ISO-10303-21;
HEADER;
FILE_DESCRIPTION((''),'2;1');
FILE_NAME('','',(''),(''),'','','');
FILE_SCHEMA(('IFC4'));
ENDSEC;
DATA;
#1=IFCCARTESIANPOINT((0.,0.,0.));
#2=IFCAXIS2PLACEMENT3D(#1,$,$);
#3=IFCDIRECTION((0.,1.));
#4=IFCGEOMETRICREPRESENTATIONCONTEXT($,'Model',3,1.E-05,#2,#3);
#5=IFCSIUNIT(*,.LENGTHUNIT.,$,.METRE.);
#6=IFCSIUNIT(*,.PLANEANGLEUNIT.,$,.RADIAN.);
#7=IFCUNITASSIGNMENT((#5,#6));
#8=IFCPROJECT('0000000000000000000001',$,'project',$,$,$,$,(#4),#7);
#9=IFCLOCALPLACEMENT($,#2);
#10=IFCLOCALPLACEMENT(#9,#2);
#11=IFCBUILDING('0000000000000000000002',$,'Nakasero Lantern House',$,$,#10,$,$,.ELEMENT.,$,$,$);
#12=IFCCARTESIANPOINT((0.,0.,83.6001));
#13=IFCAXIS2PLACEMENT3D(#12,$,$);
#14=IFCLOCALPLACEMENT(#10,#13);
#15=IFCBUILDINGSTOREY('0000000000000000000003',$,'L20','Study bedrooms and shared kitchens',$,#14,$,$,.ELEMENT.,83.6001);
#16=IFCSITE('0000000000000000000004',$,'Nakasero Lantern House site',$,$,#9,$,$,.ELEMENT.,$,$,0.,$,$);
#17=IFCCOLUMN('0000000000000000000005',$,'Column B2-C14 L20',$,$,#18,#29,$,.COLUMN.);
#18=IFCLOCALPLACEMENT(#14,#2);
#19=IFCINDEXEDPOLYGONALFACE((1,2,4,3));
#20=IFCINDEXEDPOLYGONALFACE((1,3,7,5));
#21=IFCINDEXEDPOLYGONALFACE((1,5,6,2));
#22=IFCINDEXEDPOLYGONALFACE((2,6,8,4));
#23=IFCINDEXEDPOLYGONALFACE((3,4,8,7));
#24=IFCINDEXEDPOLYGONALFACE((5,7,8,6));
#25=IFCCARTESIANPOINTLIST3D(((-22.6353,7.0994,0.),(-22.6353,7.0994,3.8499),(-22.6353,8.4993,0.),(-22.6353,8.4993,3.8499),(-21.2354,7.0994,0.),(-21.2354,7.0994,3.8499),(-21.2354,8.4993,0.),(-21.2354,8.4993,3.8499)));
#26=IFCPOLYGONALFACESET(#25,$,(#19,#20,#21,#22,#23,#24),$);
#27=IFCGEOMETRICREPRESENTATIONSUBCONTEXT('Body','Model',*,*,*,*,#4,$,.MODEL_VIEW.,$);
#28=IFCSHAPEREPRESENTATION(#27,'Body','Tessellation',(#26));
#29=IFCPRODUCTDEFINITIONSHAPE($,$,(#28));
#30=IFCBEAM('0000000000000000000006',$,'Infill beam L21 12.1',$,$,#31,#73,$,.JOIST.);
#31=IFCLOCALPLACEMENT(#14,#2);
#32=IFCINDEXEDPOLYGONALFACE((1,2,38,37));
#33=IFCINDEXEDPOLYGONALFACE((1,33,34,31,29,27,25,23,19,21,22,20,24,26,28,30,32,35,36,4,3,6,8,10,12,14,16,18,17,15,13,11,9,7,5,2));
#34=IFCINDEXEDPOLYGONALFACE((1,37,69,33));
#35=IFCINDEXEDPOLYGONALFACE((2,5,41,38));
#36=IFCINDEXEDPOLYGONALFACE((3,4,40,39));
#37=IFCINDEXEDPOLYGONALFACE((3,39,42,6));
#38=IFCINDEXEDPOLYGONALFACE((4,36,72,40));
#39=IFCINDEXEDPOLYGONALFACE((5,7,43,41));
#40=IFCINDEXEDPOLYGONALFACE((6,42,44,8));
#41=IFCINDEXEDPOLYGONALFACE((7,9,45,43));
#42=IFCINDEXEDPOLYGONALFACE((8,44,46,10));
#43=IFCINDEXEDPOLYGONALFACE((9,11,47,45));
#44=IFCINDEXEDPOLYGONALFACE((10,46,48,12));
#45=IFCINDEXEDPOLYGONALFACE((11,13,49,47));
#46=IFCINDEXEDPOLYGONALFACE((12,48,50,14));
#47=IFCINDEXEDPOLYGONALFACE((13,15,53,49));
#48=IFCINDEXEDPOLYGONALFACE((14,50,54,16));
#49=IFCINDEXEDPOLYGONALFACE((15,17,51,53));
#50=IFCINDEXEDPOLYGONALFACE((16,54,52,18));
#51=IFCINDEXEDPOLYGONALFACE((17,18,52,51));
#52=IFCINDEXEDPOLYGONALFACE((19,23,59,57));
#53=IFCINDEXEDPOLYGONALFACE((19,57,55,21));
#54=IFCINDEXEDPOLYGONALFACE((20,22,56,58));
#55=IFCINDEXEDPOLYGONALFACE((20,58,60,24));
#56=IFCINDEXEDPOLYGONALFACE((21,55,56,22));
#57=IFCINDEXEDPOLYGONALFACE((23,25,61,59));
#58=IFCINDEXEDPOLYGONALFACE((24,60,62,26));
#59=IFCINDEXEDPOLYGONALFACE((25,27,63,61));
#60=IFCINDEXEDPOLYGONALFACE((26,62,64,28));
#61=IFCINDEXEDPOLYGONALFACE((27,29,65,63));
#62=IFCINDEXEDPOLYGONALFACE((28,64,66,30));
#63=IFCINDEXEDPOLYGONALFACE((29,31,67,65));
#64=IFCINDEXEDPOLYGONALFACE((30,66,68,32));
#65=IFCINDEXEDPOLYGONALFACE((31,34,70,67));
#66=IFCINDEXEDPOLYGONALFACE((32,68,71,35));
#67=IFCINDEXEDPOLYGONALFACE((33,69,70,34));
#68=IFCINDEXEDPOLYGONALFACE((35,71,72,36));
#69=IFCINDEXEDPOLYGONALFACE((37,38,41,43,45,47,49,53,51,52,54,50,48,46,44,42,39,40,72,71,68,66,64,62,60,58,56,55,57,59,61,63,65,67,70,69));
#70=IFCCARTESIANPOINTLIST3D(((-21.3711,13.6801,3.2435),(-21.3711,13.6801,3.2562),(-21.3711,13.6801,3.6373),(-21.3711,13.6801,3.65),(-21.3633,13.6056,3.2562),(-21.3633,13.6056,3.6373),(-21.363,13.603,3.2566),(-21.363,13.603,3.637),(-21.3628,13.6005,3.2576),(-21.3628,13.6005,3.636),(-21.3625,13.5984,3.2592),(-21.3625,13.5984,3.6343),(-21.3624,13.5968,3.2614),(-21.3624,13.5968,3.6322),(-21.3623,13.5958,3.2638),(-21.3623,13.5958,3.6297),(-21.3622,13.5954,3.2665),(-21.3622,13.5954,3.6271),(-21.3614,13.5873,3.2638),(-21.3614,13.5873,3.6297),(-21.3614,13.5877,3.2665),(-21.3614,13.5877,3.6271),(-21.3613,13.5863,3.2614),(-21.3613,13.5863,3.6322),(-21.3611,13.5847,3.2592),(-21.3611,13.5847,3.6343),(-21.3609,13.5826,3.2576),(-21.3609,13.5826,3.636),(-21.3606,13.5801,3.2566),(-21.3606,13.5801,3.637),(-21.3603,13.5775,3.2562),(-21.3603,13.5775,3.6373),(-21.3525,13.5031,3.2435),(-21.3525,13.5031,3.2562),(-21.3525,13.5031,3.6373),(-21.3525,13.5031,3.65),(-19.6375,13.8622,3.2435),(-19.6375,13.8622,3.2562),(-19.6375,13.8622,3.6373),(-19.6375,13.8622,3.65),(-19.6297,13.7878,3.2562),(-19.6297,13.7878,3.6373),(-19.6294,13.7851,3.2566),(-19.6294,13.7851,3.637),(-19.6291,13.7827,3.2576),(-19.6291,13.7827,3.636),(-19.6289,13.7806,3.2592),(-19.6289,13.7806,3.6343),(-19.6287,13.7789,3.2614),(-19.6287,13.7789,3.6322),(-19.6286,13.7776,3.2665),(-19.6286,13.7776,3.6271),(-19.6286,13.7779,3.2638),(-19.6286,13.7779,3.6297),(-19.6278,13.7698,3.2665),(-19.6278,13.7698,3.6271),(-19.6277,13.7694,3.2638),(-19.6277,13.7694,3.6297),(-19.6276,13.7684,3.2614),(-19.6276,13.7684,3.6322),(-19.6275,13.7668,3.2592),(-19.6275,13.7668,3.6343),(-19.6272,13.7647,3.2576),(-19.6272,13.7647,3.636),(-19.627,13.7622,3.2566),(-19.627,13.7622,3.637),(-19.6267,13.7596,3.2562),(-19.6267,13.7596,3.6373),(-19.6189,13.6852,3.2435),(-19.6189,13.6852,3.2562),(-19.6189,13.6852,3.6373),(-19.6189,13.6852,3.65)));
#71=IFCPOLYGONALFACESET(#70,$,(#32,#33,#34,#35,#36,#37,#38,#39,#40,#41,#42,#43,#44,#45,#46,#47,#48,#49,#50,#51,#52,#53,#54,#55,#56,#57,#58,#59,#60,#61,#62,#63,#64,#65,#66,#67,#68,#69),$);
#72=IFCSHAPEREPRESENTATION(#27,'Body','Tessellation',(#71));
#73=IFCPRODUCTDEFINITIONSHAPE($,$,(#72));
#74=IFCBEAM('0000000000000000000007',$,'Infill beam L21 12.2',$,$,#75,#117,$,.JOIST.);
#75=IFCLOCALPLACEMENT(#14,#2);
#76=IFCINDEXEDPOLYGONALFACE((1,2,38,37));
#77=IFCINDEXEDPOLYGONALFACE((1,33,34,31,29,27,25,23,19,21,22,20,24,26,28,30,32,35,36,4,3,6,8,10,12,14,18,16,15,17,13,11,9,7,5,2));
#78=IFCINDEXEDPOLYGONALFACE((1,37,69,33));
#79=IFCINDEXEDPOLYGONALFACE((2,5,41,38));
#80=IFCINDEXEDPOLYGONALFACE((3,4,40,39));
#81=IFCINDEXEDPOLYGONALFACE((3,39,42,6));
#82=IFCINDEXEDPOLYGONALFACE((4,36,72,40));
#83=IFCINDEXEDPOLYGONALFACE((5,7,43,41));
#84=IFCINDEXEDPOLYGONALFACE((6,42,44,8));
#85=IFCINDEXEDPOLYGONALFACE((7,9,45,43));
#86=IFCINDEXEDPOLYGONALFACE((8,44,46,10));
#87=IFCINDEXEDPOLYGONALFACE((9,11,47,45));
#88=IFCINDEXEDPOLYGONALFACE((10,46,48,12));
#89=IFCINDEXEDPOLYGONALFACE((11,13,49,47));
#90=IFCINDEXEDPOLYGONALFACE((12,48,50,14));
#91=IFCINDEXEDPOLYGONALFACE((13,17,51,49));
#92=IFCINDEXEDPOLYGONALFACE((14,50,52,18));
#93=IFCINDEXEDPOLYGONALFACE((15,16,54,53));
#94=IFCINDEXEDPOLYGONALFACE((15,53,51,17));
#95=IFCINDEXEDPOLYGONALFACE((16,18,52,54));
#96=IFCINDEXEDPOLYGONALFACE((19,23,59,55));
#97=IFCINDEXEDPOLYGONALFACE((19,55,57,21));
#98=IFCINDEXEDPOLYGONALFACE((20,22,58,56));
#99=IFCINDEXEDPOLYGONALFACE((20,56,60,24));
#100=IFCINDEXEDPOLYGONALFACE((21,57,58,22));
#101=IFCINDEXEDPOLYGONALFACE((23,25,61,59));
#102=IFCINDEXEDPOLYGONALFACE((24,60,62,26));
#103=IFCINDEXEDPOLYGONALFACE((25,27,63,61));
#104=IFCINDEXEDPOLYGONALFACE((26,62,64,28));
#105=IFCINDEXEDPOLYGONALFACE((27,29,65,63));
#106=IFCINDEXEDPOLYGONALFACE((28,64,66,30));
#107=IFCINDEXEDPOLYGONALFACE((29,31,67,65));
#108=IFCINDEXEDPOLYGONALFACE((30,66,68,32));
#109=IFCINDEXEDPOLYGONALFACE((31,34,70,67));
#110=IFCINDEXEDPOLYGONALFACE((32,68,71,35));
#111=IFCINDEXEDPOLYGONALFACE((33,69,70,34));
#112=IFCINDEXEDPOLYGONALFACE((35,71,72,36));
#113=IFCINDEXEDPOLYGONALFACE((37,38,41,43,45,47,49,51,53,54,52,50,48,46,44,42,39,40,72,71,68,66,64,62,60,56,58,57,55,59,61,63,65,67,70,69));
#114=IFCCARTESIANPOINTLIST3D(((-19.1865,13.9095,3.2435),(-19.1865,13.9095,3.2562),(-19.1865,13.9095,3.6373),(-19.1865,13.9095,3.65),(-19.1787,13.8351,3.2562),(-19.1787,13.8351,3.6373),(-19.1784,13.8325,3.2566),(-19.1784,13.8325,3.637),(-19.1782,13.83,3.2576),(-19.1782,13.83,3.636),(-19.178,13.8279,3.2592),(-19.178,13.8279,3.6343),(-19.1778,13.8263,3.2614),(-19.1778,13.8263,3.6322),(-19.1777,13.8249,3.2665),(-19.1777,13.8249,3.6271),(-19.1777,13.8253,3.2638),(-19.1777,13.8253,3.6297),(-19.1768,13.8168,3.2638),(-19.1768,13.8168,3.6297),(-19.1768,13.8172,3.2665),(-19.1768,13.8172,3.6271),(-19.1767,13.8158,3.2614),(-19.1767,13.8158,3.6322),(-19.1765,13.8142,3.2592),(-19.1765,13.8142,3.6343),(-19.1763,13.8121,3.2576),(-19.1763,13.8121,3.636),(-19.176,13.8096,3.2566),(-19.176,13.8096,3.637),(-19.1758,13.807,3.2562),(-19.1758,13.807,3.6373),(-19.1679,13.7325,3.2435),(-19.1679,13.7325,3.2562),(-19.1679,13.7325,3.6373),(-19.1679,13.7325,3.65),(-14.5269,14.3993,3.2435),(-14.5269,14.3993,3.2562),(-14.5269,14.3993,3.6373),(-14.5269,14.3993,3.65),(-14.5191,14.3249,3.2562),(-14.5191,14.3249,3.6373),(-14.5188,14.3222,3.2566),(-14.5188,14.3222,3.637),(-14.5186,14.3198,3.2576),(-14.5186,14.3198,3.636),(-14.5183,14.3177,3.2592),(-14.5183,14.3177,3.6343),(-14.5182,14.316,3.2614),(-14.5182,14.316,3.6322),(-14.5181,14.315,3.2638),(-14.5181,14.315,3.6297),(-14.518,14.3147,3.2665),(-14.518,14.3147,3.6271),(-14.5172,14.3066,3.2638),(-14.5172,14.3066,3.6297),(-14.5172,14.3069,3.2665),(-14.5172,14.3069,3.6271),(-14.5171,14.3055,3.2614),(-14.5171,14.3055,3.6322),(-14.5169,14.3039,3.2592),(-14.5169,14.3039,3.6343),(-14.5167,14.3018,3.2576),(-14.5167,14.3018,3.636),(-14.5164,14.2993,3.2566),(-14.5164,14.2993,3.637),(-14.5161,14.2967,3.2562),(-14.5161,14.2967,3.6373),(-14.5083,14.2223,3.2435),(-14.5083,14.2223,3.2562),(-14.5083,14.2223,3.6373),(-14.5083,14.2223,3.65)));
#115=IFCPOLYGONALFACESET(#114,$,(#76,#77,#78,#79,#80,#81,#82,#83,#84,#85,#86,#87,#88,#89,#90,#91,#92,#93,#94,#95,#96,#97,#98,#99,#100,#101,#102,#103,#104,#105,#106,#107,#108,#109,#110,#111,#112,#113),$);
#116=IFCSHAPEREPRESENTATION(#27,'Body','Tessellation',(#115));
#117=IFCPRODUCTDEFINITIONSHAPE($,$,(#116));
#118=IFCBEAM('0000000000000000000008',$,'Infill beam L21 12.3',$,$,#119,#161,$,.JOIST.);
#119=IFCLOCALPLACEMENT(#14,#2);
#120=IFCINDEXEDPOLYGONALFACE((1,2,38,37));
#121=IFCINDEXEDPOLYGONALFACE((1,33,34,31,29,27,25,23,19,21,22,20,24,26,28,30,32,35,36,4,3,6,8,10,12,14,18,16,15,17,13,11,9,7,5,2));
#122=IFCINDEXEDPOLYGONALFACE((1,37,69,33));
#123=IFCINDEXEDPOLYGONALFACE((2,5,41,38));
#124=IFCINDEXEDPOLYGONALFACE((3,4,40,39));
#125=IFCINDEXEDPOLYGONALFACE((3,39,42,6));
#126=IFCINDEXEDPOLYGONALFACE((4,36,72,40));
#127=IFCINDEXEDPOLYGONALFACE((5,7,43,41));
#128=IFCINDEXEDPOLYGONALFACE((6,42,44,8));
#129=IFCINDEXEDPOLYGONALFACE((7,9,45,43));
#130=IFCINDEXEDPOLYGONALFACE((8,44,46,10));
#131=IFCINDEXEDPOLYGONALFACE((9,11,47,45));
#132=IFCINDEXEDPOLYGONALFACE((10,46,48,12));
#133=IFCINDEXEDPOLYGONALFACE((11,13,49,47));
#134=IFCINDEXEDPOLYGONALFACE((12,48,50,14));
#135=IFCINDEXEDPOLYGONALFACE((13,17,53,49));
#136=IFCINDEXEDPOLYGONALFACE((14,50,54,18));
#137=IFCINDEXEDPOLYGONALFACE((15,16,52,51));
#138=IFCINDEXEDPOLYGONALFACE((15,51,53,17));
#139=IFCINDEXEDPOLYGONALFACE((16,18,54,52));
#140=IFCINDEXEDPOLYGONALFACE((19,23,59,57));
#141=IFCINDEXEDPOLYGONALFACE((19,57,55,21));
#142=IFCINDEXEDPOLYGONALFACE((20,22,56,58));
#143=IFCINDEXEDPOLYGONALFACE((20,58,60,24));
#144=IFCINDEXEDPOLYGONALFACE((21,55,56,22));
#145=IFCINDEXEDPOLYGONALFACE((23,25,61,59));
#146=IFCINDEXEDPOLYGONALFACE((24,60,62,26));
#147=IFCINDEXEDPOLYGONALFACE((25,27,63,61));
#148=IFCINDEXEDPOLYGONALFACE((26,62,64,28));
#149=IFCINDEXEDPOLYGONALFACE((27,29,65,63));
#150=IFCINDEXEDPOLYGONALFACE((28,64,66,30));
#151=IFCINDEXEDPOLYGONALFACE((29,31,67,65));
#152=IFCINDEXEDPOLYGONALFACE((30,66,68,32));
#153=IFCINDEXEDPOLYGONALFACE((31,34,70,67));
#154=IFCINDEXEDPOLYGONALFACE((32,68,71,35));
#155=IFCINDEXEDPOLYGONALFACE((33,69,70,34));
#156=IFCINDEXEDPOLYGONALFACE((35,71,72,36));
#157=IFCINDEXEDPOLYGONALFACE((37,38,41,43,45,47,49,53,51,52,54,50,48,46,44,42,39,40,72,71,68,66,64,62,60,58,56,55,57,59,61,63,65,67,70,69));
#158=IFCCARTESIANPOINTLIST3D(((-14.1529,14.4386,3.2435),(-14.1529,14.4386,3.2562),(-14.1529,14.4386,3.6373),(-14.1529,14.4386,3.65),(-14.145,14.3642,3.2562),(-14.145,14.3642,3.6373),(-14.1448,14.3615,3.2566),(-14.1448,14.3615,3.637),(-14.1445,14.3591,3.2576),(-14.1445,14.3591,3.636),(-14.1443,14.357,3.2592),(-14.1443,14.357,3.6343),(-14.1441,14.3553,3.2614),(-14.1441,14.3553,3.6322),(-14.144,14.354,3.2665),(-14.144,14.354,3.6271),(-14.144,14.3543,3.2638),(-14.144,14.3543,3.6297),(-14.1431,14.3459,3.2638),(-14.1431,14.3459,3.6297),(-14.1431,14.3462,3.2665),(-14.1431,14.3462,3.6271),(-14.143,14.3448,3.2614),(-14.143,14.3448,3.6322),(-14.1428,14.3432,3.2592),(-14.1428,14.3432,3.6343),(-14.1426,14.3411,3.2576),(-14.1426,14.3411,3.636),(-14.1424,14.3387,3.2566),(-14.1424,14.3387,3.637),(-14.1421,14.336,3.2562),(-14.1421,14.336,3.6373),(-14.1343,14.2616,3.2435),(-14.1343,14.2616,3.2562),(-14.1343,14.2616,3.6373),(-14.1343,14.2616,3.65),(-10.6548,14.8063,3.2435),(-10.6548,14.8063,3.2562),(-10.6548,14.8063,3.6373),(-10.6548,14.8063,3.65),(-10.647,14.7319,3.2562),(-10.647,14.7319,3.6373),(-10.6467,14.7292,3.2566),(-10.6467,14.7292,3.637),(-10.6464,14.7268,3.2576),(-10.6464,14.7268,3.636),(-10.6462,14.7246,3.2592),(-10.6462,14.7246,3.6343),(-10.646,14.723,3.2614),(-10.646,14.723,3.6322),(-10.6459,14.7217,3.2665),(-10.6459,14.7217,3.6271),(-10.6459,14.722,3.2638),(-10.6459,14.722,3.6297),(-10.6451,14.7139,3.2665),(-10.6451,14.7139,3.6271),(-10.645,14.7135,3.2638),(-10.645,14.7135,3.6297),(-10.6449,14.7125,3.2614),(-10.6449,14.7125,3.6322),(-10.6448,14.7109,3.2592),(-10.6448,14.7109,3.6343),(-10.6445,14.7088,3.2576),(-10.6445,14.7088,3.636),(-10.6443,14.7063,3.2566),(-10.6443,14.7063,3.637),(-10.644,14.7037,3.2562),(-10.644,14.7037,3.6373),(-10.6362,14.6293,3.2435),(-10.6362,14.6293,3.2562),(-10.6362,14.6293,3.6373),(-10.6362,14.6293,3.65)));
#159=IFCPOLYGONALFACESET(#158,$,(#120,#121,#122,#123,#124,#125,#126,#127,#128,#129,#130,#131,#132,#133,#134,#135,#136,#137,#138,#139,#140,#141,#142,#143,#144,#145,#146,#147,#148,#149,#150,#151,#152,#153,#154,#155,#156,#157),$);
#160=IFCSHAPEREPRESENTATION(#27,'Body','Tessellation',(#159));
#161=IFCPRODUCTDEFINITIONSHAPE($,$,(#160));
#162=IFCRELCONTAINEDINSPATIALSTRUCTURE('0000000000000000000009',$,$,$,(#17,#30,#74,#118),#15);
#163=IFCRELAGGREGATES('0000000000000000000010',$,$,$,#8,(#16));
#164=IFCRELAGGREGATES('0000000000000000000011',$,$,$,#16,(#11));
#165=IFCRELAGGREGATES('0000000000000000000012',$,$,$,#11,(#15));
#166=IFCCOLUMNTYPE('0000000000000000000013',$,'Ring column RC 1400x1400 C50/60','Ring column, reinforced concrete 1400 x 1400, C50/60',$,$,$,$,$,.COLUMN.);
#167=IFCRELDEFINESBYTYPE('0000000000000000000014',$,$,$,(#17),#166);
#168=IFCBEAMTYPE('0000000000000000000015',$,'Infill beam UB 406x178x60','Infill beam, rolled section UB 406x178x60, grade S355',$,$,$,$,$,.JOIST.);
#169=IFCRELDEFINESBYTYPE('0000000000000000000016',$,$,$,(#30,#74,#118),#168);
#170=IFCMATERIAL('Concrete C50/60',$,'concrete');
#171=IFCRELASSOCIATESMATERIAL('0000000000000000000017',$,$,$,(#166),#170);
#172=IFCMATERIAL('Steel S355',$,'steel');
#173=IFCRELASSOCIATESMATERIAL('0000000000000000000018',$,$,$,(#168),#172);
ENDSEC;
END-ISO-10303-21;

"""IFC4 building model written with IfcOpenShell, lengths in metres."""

from ifc_helpers import new_model, si_unit, direction, frame, origin, origin_2d, place, context, subcontext, project, spatial, rectangle, i_section, extrude, material, material_profile, profile_set, type_object, element, save


model = new_model("IFC4")

# Units and contexts
model_context = context("Model", 3, precision=1e-05, world=origin(), true_north=direction((0.0, 1.0)))
body_context = subcontext(model_context, "Body", "Model", "MODEL_VIEW")
ifc_project = project(units=[si_unit("LENGTHUNIT", "METRE"), si_unit("PLANEANGLEUNIT", "RADIAN")], contexts=[model_context])

# Site, building, storey
site_placement = place(None, origin())
site = spatial("IfcSite", under=ifc_project, at=site_placement, Name="Nakasero Lantern House site", CompositionType="ELEMENT", RefElevation=0.0)
building_placement = place(site_placement, origin())
building = spatial("IfcBuilding", under=site, at=building_placement, Name="Nakasero Lantern House", CompositionType="ELEMENT")
storey_placement = place(building_placement, frame((0.0, 0.0, 83.6001)))
storey = spatial("IfcBuildingStorey", under=building, at=storey_placement, Name="L20", Description="Study bedrooms and shared kitchens", CompositionType="ELEMENT", Elevation=83.6001)

# Column
ifc_material_1 = material(Name="Concrete C50/60", Category="concrete")
ifc_material_profile_1 = material_profile(ifc_material_1, rectangle(XDim=1.3999, YDim=1.3999, at=origin_2d()), Name="RC 1400x1400")
ifc_profile_set_1 = profile_set([ifc_material_profile_1], Name="Concrete C50/60")
column_type = type_object("IfcColumnType", Name="Ring column RC 1400x1400 C50/60", Description="Ring column, reinforced concrete 1400 x 1400, C50/60", PredefinedType="COLUMN", material=ifc_profile_set_1)
column_placement = place(storey_placement, frame((-21.9353, 7.7993, 0.0), z_axis=(0.0, 0.0, 1.0), x_axis=(1.0, 0.0, 0.0)))
element("IfcColumn", 1, at=column_placement, inside=storey, type_object=column_type, Name="Column B2-C14 L20", PredefinedType="COLUMN", context=body_context, shape_type="SweptSolid", body=[
    extrude(rectangle(XDim=1.3999, YDim=1.3999, at=origin_2d()), origin(), (0.0, 0.0, 1.0), 3.8499),
])

# Beams
ifc_material_2 = material(Name="Steel S355", Category="steel")
ifc_material_profile_2 = material_profile(ifc_material_2, i_section(OverallWidth=0.178, OverallDepth=0.4065, WebThickness=0.0078, FlangeThickness=0.0127, FilletRadius=0.0103, at=origin_2d()), Name="UB 406x178x60")
ifc_profile_set_2 = profile_set([ifc_material_profile_2], Name="Steel S355")
beam_type_1 = type_object("IfcBeamType", Name="Infill beam UB 406x178x60", Description="Infill beam, rolled section UB 406x178x60, grade S355", PredefinedType="JOIST", material=ifc_profile_set_2)
beam_1_placement = place(storey_placement, frame((-21.3618, 13.5916, 3.4468), z_axis=(0.994527, 0.104481, 0.0), x_axis=(-0.104481, 0.994527, 0.0)))
element("IfcBeam", 2, at=beam_1_placement, inside=storey, type_object=beam_type_1, Name="Infill beam L21 12.1", PredefinedType="JOIST", context=body_context, shape_type="SweptSolid", body=[
    extrude(i_section(OverallWidth=0.178, OverallDepth=0.4065, WebThickness=0.0078, FlangeThickness=0.0127, FilletRadius=0.0103, at=origin_2d()), origin(), (0.0, 0.0, 1.0), 1.7432),
])
beam_2_placement = place(storey_placement, frame((-19.1772, 13.821, 3.4468), z_axis=(0.994522, 0.104527, 0.0), x_axis=(-0.104527, 0.994522, 0.0)))
element("IfcBeam", 3, at=beam_2_placement, inside=storey, type_object=beam_type_1, Name="Infill beam L21 12.2", PredefinedType="JOIST", context=body_context, shape_type="SweptSolid", body=[
    extrude(i_section(OverallWidth=0.178, OverallDepth=0.4065, WebThickness=0.0078, FlangeThickness=0.0127, FilletRadius=0.0103, at=origin_2d()), origin(), (0.0, 0.0, 1.0), 4.6853),
])
beam_3_placement = place(storey_placement, frame((-14.1436, 14.3501, 3.4468), z_axis=(0.994521, 0.104533, 0.0), x_axis=(-0.104533, 0.994521, 0.0)))
element("IfcBeam", 4, at=beam_3_placement, inside=storey, type_object=beam_type_1, Name="Infill beam L21 12.3", PredefinedType="JOIST", context=body_context, shape_type="SweptSolid", body=[
    extrude(i_section(OverallWidth=0.178, OverallDepth=0.4065, WebThickness=0.0078, FlangeThickness=0.0127, FilletRadius=0.0103, at=origin_2d()), origin(), (0.0, 0.0, 1.0), 3.5173),
])

save(model, "model.ifc")
